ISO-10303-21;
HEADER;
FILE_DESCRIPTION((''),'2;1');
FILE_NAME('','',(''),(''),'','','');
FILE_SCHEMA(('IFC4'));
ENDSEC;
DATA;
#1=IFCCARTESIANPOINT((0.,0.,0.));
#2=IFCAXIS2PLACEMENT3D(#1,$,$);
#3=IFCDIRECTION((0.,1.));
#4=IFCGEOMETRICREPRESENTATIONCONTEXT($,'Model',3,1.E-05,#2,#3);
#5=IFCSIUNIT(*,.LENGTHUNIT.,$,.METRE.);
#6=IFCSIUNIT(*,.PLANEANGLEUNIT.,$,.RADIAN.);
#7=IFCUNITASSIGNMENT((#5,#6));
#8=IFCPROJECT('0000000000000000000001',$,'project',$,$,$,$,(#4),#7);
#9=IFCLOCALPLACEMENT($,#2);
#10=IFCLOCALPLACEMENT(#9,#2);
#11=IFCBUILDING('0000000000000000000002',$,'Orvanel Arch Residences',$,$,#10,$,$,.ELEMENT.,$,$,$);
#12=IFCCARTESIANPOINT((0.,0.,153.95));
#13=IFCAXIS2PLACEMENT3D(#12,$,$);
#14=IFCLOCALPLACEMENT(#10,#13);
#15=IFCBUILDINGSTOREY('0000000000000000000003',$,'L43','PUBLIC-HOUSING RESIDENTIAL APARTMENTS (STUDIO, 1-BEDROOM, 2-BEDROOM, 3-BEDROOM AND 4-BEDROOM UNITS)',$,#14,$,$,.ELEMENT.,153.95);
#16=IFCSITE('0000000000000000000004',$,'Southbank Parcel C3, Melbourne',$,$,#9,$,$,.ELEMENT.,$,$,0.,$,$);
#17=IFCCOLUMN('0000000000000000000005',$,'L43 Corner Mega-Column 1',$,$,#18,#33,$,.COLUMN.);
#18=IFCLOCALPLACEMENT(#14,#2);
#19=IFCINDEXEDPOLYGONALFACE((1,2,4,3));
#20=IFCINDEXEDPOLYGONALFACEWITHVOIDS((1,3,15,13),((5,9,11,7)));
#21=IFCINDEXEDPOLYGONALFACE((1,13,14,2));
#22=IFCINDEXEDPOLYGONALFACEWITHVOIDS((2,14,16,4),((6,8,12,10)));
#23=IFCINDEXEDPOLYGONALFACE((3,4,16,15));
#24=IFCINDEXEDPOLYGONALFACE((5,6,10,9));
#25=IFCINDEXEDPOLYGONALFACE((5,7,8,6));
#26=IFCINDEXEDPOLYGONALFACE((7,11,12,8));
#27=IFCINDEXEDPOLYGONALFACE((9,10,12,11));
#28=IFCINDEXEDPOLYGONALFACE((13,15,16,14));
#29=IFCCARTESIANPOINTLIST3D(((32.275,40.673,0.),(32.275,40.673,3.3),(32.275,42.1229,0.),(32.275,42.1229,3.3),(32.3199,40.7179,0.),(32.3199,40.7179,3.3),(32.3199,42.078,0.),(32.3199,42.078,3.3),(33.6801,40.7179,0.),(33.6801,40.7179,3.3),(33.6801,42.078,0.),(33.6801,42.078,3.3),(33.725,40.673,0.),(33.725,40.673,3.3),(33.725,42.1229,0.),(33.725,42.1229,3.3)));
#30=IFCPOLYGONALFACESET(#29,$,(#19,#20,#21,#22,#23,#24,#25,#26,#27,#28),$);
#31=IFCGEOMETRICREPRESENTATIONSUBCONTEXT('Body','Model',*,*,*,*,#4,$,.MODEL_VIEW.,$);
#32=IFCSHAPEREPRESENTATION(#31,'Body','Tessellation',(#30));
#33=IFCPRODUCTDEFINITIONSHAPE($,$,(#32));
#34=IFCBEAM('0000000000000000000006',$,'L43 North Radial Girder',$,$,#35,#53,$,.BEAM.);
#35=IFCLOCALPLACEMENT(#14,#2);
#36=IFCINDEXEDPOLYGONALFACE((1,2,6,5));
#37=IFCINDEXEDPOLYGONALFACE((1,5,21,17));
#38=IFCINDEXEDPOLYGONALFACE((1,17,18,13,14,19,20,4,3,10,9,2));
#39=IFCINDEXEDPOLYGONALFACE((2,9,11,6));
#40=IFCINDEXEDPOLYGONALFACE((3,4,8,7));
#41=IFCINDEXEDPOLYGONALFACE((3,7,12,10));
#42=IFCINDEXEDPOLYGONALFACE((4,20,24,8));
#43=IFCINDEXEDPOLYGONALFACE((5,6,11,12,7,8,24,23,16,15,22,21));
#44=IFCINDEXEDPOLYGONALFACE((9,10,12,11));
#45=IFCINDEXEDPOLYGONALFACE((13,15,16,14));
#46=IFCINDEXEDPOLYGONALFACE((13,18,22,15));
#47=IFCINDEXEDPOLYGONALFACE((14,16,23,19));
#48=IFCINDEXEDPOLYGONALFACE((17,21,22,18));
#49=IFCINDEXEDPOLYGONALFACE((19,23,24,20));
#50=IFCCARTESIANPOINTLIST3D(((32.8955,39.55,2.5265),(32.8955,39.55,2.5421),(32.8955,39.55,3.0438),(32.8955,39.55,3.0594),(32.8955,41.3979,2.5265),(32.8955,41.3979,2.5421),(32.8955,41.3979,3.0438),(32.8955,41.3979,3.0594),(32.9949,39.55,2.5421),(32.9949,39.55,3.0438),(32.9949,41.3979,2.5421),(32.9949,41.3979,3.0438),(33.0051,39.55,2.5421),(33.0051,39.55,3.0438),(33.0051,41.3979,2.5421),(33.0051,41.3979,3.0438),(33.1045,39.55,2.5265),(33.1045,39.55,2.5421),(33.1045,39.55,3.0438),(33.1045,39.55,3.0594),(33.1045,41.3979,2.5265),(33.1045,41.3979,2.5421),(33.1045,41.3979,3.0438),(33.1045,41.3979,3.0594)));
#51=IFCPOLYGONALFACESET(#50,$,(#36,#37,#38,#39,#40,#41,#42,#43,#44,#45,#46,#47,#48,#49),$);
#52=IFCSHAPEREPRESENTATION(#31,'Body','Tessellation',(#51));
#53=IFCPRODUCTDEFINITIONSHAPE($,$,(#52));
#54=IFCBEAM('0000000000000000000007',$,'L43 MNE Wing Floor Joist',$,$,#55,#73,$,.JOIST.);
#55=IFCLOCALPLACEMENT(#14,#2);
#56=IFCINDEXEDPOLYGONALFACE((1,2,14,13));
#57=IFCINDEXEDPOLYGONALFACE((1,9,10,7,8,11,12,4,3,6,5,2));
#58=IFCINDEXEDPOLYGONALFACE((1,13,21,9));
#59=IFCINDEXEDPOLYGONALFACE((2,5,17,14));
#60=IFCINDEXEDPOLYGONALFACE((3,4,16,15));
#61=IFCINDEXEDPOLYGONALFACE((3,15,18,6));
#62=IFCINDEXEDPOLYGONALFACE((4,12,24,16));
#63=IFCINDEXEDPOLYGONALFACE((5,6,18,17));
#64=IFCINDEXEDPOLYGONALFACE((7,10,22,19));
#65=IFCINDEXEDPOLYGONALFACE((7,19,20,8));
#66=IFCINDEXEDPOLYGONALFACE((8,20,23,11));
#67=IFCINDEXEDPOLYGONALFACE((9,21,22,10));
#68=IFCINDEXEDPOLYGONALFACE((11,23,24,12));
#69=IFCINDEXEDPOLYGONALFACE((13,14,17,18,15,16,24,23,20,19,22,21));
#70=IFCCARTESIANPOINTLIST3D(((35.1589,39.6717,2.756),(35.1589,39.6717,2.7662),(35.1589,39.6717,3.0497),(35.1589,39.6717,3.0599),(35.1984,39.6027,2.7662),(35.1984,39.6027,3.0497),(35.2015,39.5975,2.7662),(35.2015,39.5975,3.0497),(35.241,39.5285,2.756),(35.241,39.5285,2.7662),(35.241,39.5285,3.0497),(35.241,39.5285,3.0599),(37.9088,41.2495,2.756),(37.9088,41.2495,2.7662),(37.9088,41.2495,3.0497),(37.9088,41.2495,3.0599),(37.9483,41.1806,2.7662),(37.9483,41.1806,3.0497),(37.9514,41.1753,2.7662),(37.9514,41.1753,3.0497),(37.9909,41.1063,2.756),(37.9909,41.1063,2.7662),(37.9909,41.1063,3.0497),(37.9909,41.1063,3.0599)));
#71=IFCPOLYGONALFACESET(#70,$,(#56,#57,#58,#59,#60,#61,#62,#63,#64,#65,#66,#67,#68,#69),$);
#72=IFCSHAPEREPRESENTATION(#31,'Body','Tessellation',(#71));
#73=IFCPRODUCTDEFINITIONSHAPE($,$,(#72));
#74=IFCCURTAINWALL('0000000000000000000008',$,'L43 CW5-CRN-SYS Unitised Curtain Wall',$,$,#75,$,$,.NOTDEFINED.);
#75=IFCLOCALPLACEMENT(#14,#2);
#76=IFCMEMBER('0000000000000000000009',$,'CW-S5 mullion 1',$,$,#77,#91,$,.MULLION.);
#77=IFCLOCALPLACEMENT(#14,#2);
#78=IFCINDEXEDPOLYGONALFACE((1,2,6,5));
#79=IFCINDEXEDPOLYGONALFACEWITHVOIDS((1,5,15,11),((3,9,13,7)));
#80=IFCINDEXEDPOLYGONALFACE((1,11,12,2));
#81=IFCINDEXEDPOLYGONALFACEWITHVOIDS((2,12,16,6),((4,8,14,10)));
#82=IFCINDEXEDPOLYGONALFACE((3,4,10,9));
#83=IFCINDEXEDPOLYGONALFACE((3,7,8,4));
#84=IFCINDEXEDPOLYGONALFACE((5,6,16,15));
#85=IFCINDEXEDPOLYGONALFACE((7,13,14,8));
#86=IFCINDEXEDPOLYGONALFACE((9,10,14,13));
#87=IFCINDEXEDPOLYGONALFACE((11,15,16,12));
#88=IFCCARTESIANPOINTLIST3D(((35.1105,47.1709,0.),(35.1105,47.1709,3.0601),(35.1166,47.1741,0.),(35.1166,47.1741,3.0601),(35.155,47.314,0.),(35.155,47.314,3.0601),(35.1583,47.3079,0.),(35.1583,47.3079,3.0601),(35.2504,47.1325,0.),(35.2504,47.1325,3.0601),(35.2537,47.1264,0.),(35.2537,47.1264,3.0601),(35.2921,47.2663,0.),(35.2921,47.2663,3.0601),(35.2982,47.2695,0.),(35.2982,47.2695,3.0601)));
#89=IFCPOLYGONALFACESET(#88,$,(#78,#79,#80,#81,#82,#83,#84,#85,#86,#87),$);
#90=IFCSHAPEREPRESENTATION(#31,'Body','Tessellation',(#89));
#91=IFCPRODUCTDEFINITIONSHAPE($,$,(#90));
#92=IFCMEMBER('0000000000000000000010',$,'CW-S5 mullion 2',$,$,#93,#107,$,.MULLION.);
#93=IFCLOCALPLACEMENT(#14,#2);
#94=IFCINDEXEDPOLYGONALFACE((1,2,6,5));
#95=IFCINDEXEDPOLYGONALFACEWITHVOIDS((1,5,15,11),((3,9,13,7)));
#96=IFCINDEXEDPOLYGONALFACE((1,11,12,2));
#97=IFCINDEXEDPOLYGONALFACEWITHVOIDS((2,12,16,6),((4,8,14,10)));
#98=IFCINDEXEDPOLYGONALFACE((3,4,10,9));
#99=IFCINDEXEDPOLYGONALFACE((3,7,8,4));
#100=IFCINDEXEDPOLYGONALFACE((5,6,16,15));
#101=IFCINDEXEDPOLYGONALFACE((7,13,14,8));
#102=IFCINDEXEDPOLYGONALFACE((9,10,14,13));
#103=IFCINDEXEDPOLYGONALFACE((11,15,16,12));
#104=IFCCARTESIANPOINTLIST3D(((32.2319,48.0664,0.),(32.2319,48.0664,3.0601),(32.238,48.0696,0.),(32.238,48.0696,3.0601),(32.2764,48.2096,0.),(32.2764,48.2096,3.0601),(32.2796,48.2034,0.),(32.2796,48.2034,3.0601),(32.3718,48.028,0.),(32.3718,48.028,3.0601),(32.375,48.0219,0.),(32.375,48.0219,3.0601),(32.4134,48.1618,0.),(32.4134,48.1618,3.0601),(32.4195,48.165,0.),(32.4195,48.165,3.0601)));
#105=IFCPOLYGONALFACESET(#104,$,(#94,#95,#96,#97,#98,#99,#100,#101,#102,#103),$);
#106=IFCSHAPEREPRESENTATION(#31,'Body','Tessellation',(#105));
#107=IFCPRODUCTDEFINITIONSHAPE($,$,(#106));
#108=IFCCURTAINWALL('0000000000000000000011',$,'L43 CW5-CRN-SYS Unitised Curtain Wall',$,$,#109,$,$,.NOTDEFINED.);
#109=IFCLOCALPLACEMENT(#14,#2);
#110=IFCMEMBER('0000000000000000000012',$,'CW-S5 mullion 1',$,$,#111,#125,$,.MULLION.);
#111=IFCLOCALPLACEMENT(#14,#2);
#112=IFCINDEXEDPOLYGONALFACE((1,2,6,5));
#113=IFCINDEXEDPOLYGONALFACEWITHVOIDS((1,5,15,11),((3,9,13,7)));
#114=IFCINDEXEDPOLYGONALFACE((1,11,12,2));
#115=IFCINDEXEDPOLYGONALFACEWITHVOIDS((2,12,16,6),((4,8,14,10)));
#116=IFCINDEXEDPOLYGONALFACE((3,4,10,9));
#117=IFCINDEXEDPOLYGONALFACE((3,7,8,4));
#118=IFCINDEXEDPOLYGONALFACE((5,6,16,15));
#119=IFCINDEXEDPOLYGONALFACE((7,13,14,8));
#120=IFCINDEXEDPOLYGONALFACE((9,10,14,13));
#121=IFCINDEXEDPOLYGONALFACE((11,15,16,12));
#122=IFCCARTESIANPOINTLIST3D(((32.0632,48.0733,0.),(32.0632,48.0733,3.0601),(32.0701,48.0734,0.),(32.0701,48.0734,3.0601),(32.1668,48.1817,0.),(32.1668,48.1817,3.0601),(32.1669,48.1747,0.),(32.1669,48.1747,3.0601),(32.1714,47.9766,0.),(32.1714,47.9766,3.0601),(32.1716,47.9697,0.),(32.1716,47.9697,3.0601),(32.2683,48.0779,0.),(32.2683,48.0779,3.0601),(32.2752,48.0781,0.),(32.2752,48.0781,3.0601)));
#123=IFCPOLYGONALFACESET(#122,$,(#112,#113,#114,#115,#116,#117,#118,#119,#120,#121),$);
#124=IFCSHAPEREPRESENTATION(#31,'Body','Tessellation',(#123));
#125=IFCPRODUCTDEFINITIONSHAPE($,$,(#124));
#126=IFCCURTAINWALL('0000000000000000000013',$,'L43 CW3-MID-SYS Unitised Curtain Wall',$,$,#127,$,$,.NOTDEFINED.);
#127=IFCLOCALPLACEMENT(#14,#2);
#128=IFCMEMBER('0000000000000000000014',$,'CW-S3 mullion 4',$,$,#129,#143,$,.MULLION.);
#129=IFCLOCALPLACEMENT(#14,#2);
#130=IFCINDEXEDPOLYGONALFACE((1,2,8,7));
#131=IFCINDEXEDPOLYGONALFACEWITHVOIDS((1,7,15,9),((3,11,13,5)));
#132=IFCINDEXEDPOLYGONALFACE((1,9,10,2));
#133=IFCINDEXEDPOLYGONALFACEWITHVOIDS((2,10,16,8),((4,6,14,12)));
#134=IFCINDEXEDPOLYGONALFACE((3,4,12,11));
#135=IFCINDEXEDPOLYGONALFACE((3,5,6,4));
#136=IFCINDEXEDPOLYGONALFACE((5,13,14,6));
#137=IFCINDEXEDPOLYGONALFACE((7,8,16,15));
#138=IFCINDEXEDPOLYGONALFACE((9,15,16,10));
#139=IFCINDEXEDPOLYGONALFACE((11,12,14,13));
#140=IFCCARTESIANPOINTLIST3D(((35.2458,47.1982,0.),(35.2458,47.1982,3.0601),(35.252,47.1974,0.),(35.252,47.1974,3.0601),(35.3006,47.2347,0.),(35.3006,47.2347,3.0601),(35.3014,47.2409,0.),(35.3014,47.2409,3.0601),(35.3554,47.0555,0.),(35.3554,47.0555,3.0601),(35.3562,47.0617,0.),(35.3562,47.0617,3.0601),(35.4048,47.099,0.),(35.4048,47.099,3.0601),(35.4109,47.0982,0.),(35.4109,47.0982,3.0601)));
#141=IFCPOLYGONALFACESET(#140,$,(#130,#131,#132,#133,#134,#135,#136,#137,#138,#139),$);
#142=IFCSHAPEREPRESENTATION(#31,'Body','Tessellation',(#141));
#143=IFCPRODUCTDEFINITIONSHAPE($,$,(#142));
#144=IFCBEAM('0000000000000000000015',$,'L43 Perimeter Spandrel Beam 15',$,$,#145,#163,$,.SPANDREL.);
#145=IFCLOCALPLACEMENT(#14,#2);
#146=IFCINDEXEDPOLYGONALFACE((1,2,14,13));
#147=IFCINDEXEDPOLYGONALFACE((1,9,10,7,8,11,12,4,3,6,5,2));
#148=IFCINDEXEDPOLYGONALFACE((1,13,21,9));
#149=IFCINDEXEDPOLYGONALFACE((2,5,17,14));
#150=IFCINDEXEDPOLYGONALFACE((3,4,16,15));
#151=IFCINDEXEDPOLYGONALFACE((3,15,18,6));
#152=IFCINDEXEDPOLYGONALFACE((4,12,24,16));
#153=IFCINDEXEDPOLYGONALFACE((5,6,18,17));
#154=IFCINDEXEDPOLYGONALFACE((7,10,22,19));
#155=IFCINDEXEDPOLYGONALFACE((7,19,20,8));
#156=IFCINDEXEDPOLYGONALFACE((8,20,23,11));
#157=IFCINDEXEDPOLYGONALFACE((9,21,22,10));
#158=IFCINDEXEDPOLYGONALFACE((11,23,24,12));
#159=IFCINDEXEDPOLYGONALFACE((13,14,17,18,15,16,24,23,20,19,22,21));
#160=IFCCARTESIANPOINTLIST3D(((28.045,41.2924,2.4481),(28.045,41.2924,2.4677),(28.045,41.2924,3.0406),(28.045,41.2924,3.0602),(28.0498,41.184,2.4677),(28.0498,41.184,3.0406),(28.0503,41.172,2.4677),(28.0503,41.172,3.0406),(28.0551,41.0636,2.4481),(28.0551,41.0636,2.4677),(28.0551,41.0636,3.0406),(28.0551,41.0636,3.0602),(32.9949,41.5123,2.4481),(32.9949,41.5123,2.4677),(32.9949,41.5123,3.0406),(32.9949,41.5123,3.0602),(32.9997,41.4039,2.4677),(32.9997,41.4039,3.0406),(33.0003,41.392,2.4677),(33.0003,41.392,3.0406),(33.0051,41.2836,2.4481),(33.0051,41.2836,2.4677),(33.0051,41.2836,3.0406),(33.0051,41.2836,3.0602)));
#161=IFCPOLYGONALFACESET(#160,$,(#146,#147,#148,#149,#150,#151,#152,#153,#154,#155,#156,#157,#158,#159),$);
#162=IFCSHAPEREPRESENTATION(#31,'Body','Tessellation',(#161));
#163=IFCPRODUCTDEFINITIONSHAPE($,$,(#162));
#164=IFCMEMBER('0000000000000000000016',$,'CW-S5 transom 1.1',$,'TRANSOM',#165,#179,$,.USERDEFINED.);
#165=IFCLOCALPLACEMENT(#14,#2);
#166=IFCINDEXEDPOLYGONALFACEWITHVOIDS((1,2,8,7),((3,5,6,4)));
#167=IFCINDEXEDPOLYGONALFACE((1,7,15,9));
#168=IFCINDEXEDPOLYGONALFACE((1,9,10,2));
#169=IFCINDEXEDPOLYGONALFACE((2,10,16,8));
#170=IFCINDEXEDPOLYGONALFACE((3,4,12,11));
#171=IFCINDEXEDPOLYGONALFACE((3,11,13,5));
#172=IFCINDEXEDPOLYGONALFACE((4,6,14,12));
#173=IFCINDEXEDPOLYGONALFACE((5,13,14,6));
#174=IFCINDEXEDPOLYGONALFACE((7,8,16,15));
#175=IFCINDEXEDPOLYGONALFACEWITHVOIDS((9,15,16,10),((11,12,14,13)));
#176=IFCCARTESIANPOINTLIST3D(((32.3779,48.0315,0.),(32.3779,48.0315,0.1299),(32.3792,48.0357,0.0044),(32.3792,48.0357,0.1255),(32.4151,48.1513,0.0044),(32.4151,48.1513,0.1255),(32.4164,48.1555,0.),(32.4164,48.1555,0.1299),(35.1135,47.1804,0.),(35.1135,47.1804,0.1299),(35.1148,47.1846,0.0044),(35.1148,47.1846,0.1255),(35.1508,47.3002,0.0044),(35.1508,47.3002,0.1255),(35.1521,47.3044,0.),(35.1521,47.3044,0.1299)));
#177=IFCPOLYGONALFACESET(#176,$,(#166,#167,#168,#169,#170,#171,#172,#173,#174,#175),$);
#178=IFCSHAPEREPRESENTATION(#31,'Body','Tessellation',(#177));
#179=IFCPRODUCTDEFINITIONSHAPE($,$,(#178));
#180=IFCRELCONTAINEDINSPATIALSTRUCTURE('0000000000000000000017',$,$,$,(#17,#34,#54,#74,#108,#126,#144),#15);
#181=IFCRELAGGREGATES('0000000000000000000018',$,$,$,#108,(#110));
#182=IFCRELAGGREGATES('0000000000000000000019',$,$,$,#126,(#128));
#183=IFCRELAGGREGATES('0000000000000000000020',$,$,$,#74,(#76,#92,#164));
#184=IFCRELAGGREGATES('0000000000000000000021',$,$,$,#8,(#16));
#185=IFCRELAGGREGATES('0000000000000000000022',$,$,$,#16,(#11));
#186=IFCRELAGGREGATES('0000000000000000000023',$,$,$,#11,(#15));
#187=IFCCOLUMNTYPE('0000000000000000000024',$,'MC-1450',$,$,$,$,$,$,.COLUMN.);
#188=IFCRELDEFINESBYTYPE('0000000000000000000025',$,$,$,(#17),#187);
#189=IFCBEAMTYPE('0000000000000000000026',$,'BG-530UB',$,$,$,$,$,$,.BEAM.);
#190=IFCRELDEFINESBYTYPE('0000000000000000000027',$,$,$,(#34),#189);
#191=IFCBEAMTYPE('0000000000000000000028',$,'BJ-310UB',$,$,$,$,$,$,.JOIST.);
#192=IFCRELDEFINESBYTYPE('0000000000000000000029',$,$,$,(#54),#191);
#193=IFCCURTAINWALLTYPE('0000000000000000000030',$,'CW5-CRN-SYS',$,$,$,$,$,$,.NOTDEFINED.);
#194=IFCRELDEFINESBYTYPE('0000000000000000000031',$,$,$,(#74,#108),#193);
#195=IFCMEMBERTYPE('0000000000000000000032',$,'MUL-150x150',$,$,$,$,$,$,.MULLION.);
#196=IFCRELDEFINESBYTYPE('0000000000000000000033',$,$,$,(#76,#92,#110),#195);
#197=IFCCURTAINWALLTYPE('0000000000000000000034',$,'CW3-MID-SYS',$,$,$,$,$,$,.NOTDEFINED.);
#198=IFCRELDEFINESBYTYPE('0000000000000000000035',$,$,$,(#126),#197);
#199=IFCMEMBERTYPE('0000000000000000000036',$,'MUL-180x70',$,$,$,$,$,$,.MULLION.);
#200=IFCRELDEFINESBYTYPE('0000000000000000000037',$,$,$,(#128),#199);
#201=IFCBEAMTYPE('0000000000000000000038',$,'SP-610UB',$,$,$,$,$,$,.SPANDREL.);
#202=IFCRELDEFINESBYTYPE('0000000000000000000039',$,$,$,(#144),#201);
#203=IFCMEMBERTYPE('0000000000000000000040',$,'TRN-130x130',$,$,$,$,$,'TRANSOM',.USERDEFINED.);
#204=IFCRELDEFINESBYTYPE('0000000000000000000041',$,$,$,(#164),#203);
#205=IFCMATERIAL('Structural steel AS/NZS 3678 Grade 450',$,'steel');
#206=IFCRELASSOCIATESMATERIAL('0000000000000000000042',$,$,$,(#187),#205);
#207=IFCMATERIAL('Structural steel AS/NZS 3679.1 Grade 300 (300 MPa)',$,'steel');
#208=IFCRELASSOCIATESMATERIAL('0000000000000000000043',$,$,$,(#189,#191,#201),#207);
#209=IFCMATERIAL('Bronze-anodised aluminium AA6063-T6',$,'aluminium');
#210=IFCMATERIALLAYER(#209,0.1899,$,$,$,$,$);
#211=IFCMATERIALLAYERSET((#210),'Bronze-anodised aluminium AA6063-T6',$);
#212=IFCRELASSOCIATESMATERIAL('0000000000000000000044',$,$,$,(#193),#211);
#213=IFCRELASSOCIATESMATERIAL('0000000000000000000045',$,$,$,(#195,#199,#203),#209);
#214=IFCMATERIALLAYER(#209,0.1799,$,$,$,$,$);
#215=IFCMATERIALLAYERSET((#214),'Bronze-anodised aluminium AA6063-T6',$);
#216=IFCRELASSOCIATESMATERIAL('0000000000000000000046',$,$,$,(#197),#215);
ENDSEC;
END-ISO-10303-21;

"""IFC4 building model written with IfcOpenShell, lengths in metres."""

from ifc_helpers import new_model, si_unit, direction, frame, origin, origin_2d, place, context, subcontext, project, spatial, hollow_rectangle, i_section, extrude, material, layer, layer_set, material_profile, profile_set, type_object, element, aggregate, save


model = new_model("IFC4")

# Units and contexts
model_context = context("Model", 3, precision=1e-05, world=origin(), true_north=direction((0.0, 1.0)))
body_context = subcontext(model_context, "Body", "Model", "MODEL_VIEW")
ifc_project = project(units=[si_unit("LENGTHUNIT", "METRE"), si_unit("PLANEANGLEUNIT", "RADIAN")], contexts=[model_context])

# Site, building, storey
site_placement = place(None, origin())
site = spatial("IfcSite", under=ifc_project, at=site_placement, Name="Southbank Parcel C3, Melbourne", CompositionType="ELEMENT", RefElevation=0.0)
building_placement = place(site_placement, origin())
building = spatial("IfcBuilding", under=site, at=building_placement, Name="Orvanel Arch Residences", CompositionType="ELEMENT")
storey_placement = place(building_placement, frame((0.0, 0.0, 153.95)))
storey = spatial("IfcBuildingStorey", under=building, at=storey_placement, Name="L43", Description="PUBLIC-HOUSING RESIDENTIAL APARTMENTS (STUDIO, 1-BEDROOM, 2-BEDROOM, 3-BEDROOM AND 4-BEDROOM UNITS)", CompositionType="ELEMENT", Elevation=153.95)

# Column
ifc_material_1 = material(Name="Structural steel AS/NZS 3678 Grade 450", Category="steel")
ifc_material_profile_1 = material_profile(ifc_material_1, hollow_rectangle(XDim=1.45, YDim=1.45, WallThickness=0.0449, at=origin_2d()), Name="BOX1450x1450x45")
ifc_profile_set_1 = profile_set([ifc_material_profile_1], Name="Structural steel AS/NZS 3678 Grade 450")
column_type = type_object("IfcColumnType", Name="MC-1450", PredefinedType="COLUMN", material=ifc_profile_set_1)
column_placement = place(storey_placement, frame((33.0, 41.3979, 0.0), z_axis=(0.0, 0.0, 1.0), x_axis=(1.0, 0.0, 0.0)))
element("IfcColumn", 1, at=column_placement, inside=storey, type_object=column_type, Name="L43 Corner Mega-Column 1", PredefinedType="COLUMN", context=body_context, shape_type="SweptSolid", body=[
    extrude(hollow_rectangle(XDim=1.45, YDim=1.45, WallThickness=0.0449, at=origin_2d()), origin(), (0.0, 0.0, 1.0), 3.3),
])

# Beams
ifc_material_2 = material(Name="Structural steel AS/NZS 3679.1 Grade 300 (300 MPa)", Category="steel")
ifc_material_profile_2 = material_profile(ifc_material_2, i_section(OverallWidth=0.209, OverallDepth=0.533, WebThickness=0.0103, FlangeThickness=0.0156, at=origin_2d()), Name="530UB92.4")
ifc_profile_set_2 = profile_set([ifc_material_profile_2], Name="Structural steel AS/NZS 3679.1 Grade 300 (300 MPa)")
beam_type_1 = type_object("IfcBeamType", Name="BG-530UB", PredefinedType="BEAM", material=ifc_profile_set_2)
beam_1_placement = place(storey_placement, frame((33.0, 39.55, 2.793), z_axis=(0.0, 1.0, 0.0), x_axis=(-1.0, 0.0, 0.0)))
element("IfcBeam", 2, at=beam_1_placement, inside=storey, type_object=beam_type_1, Name="L43 North Radial Girder", PredefinedType="BEAM", context=body_context, shape_type="SweptSolid", body=[
    extrude(i_section(OverallWidth=0.209, OverallDepth=0.533, WebThickness=0.0103, FlangeThickness=0.0156, at=origin_2d()), origin(), (0.0, 0.0, 1.0), 1.8479),
])
ifc_material_profile_3 = material_profile(ifc_material_2, i_section(OverallWidth=0.165, OverallDepth=0.304, WebThickness=0.0061, FlangeThickness=0.0103, at=origin_2d()), Name="310UB40.4")
ifc_profile_set_3 = profile_set([ifc_material_profile_3], Name="Structural steel AS/NZS 3679.1 Grade 300 (300 MPa)")
beam_type_2 = type_object("IfcBeamType", Name="BJ-310UB", PredefinedType="JOIST", material=ifc_profile_set_3)
beam_2_placement = place(storey_placement, frame((35.2, 39.6001, 2.908), z_axis=(0.867365, 0.497672, 0.0), x_axis=(-0.497672, 0.867365, 0.0)))
element("IfcBeam", 3, at=beam_2_placement, inside=storey, type_object=beam_type_2, Name="L43 MNE Wing Floor Joist", PredefinedType="JOIST", context=body_context, shape_type="SweptSolid", body=[
    extrude(i_section(OverallWidth=0.165, OverallDepth=0.304, WebThickness=0.0061, FlangeThickness=0.0103, at=origin_2d()), origin(), (0.0, 0.0, 1.0), 3.1704),
])

# Curtain wall, members
ifc_material_3 = material(Name="Bronze-anodised aluminium AA6063-T6", Category="aluminium")
ifc_layer_1 = layer(ifc_material_3, 0.1899)
ifc_layer_set_1 = layer_set([ifc_layer_1], Name="Bronze-anodised aluminium AA6063-T6")
curtain_wall_type_1 = type_object("IfcCurtainWallType", Name="CW5-CRN-SYS", PredefinedType="NOTDEFINED", material=ifc_layer_set_1)
curtain_wall_1_placement = place(storey_placement, origin())
curtain_wall_1 = element("IfcCurtainWall", 4, at=curtain_wall_1_placement, inside=storey, type_object=curtain_wall_type_1, Name="L43 CW5-CRN-SYS Unitised Curtain Wall", PredefinedType="NOTDEFINED")
ifc_material_profile_4 = material_profile(ifc_material_3, hollow_rectangle(XDim=0.1499, YDim=0.1499, WallThickness=0.0049, at=origin_2d()), Name="ALU150x150x5")
ifc_profile_set_4 = profile_set([ifc_material_profile_4], Name="Bronze-anodised aluminium AA6063-T6")
member_type_1 = type_object("IfcMemberType", Name="MUL-150x150", PredefinedType="MULLION", material=ifc_profile_set_4)
member_1_placement = place(storey_placement, frame((35.2043, 47.2202, 0.0), z_axis=(0.0, 0.0, 1.0), x_axis=(-0.297015, -0.954873, 0.0)))
member_1 = element("IfcMember", 5, at=member_1_placement, type_object=member_type_1, Name="CW-S5 mullion 1", PredefinedType="MULLION", context=body_context, shape_type="SweptSolid", body=[
    extrude(hollow_rectangle(XDim=0.1499, YDim=0.1499, WallThickness=0.0049, at=origin_2d()), origin(), (0.0, 0.0, 1.0), 3.0601),
])
member_2_placement = place(storey_placement, frame((32.3257, 48.1157, 0.0), z_axis=(0.0, 0.0, 1.0), x_axis=(-0.297015, -0.954873, 0.0)))
member_2 = element("IfcMember", 6, at=member_2_placement, type_object=member_type_1, Name="CW-S5 mullion 2", PredefinedType="MULLION", context=body_context, shape_type="SweptSolid", body=[
    extrude(hollow_rectangle(XDim=0.1499, YDim=0.1499, WallThickness=0.0049, at=origin_2d()), origin(), (0.0, 0.0, 1.0), 3.0601),
])

# Curtain walls, members
curtain_wall_2_placement = place(storey_placement, origin())
curtain_wall_2 = element("IfcCurtainWall", 7, at=curtain_wall_2_placement, inside=storey, type_object=curtain_wall_type_1, Name="L43 CW5-CRN-SYS Unitised Curtain Wall", PredefinedType="NOTDEFINED")
member_3_placement = place(storey_placement, frame((32.1692, 48.0757, 0.0), z_axis=(0.0, 0.0, 1.0), x_axis=(0.723046, -0.6908, 0.0)))
member_3 = element("IfcMember", 8, at=member_3_placement, type_object=member_type_1, Name="CW-S5 mullion 1", PredefinedType="MULLION", context=body_context, shape_type="SweptSolid", body=[
    extrude(hollow_rectangle(XDim=0.1499, YDim=0.1499, WallThickness=0.0049, at=origin_2d()), origin(), (0.0, 0.0, 1.0), 3.0601),
])
ifc_layer_2 = layer(ifc_material_3, 0.1799)
ifc_layer_set_2 = layer_set([ifc_layer_2], Name="Bronze-anodised aluminium AA6063-T6")
curtain_wall_type_2 = type_object("IfcCurtainWallType", Name="CW3-MID-SYS", PredefinedType="NOTDEFINED", material=ifc_layer_set_2)
curtain_wall_3_placement = place(storey_placement, origin())
curtain_wall_3 = element("IfcCurtainWall", 9, at=curtain_wall_3_placement, inside=storey, type_object=curtain_wall_type_2, Name="L43 CW3-MID-SYS Unitised Curtain Wall", PredefinedType="NOTDEFINED")
ifc_material_profile_5 = material_profile(ifc_material_3, hollow_rectangle(XDim=0.0701, YDim=0.1799, WallThickness=0.0044, at=origin_2d()), Name="ALU180x70x4.5")
ifc_profile_set_5 = profile_set([ifc_material_profile_5], Name="Bronze-anodised aluminium AA6063-T6")
member_type_2 = type_object("IfcMemberType", Name="MUL-180x70", PredefinedType="MULLION", material=ifc_profile_set_5)
member_4_placement = place(storey_placement, frame((35.3284, 47.1482, 0.0), z_axis=(0.0, 0.0, 1.0), x_axis=(-0.793223, -0.608931, 0.0)))
member_4 = element("IfcMember", 10, at=member_4_placement, type_object=member_type_2, Name="CW-S3 mullion 4", PredefinedType="MULLION", context=body_context, shape_type="SweptSolid", body=[
    extrude(hollow_rectangle(XDim=0.0701, YDim=0.1799, WallThickness=0.0044, at=origin_2d()), origin(), (0.0, 0.0, 1.0), 3.0601),
])

# Beam
ifc_material_profile_6 = material_profile(ifc_material_2, i_section(OverallWidth=0.229, OverallDepth=0.6121, WebThickness=0.012, FlangeThickness=0.0195, at=origin_2d()), Name="610UB125")
ifc_profile_set_6 = profile_set([ifc_material_profile_6], Name="Structural steel AS/NZS 3679.1 Grade 300 (300 MPa)")
beam_type_3 = type_object("IfcBeamType", Name="SP-610UB", PredefinedType="SPANDREL", material=ifc_profile_set_6)
beam_3_placement = place(storey_placement, frame((33.0, 41.3979, 2.7542), z_axis=(-0.999014, -0.044395, 0.0), x_axis=(0.044395, -0.999014, 0.0)))
element("IfcBeam", 11, at=beam_3_placement, inside=storey, type_object=beam_type_3, Name="L43 Perimeter Spandrel Beam 15", PredefinedType="SPANDREL", context=body_context, shape_type="SweptSolid", body=[
    extrude(i_section(OverallWidth=0.229, OverallDepth=0.6121, WebThickness=0.012, FlangeThickness=0.0195, at=origin_2d()), origin(), (0.0, 0.0, 1.0), 4.9548),
])

# Member
ifc_material_profile_7 = material_profile(ifc_material_3, hollow_rectangle(XDim=0.1299, YDim=0.1299, WallThickness=0.0044, at=origin_2d()), Name="ALU130x130x4.5")
ifc_profile_set_7 = profile_set([ifc_material_profile_7], Name="Bronze-anodised aluminium AA6063-T6")
member_type_3 = type_object("IfcMemberType", Name="TRN-130x130", ElementType="TRANSOM", PredefinedType="USERDEFINED", material=ifc_profile_set_7)
member_5_placement = place(storey_placement, frame((35.1328, 47.2424, 0.0649), z_axis=(-0.954857, 0.297067, 0.0), x_axis=(-0.297067, -0.954857, 0.0)))
member_5 = element("IfcMember", 12, at=member_5_placement, type_object=member_type_3, Name="CW-S5 transom 1.1", ObjectType="TRANSOM", PredefinedType="USERDEFINED", context=body_context, shape_type="SweptSolid", body=[
    extrude(hollow_rectangle(XDim=0.1299, YDim=0.1299, WallThickness=0.0044, at=origin_2d()), origin(), (0.0, 0.0, 1.0), 2.865),
])
aggregate(curtain_wall_2, [member_3])

aggregate(curtain_wall_3, [member_4])
aggregate(curtain_wall_1, [member_1, member_2, member_5])

save(model, "model.ifc")
